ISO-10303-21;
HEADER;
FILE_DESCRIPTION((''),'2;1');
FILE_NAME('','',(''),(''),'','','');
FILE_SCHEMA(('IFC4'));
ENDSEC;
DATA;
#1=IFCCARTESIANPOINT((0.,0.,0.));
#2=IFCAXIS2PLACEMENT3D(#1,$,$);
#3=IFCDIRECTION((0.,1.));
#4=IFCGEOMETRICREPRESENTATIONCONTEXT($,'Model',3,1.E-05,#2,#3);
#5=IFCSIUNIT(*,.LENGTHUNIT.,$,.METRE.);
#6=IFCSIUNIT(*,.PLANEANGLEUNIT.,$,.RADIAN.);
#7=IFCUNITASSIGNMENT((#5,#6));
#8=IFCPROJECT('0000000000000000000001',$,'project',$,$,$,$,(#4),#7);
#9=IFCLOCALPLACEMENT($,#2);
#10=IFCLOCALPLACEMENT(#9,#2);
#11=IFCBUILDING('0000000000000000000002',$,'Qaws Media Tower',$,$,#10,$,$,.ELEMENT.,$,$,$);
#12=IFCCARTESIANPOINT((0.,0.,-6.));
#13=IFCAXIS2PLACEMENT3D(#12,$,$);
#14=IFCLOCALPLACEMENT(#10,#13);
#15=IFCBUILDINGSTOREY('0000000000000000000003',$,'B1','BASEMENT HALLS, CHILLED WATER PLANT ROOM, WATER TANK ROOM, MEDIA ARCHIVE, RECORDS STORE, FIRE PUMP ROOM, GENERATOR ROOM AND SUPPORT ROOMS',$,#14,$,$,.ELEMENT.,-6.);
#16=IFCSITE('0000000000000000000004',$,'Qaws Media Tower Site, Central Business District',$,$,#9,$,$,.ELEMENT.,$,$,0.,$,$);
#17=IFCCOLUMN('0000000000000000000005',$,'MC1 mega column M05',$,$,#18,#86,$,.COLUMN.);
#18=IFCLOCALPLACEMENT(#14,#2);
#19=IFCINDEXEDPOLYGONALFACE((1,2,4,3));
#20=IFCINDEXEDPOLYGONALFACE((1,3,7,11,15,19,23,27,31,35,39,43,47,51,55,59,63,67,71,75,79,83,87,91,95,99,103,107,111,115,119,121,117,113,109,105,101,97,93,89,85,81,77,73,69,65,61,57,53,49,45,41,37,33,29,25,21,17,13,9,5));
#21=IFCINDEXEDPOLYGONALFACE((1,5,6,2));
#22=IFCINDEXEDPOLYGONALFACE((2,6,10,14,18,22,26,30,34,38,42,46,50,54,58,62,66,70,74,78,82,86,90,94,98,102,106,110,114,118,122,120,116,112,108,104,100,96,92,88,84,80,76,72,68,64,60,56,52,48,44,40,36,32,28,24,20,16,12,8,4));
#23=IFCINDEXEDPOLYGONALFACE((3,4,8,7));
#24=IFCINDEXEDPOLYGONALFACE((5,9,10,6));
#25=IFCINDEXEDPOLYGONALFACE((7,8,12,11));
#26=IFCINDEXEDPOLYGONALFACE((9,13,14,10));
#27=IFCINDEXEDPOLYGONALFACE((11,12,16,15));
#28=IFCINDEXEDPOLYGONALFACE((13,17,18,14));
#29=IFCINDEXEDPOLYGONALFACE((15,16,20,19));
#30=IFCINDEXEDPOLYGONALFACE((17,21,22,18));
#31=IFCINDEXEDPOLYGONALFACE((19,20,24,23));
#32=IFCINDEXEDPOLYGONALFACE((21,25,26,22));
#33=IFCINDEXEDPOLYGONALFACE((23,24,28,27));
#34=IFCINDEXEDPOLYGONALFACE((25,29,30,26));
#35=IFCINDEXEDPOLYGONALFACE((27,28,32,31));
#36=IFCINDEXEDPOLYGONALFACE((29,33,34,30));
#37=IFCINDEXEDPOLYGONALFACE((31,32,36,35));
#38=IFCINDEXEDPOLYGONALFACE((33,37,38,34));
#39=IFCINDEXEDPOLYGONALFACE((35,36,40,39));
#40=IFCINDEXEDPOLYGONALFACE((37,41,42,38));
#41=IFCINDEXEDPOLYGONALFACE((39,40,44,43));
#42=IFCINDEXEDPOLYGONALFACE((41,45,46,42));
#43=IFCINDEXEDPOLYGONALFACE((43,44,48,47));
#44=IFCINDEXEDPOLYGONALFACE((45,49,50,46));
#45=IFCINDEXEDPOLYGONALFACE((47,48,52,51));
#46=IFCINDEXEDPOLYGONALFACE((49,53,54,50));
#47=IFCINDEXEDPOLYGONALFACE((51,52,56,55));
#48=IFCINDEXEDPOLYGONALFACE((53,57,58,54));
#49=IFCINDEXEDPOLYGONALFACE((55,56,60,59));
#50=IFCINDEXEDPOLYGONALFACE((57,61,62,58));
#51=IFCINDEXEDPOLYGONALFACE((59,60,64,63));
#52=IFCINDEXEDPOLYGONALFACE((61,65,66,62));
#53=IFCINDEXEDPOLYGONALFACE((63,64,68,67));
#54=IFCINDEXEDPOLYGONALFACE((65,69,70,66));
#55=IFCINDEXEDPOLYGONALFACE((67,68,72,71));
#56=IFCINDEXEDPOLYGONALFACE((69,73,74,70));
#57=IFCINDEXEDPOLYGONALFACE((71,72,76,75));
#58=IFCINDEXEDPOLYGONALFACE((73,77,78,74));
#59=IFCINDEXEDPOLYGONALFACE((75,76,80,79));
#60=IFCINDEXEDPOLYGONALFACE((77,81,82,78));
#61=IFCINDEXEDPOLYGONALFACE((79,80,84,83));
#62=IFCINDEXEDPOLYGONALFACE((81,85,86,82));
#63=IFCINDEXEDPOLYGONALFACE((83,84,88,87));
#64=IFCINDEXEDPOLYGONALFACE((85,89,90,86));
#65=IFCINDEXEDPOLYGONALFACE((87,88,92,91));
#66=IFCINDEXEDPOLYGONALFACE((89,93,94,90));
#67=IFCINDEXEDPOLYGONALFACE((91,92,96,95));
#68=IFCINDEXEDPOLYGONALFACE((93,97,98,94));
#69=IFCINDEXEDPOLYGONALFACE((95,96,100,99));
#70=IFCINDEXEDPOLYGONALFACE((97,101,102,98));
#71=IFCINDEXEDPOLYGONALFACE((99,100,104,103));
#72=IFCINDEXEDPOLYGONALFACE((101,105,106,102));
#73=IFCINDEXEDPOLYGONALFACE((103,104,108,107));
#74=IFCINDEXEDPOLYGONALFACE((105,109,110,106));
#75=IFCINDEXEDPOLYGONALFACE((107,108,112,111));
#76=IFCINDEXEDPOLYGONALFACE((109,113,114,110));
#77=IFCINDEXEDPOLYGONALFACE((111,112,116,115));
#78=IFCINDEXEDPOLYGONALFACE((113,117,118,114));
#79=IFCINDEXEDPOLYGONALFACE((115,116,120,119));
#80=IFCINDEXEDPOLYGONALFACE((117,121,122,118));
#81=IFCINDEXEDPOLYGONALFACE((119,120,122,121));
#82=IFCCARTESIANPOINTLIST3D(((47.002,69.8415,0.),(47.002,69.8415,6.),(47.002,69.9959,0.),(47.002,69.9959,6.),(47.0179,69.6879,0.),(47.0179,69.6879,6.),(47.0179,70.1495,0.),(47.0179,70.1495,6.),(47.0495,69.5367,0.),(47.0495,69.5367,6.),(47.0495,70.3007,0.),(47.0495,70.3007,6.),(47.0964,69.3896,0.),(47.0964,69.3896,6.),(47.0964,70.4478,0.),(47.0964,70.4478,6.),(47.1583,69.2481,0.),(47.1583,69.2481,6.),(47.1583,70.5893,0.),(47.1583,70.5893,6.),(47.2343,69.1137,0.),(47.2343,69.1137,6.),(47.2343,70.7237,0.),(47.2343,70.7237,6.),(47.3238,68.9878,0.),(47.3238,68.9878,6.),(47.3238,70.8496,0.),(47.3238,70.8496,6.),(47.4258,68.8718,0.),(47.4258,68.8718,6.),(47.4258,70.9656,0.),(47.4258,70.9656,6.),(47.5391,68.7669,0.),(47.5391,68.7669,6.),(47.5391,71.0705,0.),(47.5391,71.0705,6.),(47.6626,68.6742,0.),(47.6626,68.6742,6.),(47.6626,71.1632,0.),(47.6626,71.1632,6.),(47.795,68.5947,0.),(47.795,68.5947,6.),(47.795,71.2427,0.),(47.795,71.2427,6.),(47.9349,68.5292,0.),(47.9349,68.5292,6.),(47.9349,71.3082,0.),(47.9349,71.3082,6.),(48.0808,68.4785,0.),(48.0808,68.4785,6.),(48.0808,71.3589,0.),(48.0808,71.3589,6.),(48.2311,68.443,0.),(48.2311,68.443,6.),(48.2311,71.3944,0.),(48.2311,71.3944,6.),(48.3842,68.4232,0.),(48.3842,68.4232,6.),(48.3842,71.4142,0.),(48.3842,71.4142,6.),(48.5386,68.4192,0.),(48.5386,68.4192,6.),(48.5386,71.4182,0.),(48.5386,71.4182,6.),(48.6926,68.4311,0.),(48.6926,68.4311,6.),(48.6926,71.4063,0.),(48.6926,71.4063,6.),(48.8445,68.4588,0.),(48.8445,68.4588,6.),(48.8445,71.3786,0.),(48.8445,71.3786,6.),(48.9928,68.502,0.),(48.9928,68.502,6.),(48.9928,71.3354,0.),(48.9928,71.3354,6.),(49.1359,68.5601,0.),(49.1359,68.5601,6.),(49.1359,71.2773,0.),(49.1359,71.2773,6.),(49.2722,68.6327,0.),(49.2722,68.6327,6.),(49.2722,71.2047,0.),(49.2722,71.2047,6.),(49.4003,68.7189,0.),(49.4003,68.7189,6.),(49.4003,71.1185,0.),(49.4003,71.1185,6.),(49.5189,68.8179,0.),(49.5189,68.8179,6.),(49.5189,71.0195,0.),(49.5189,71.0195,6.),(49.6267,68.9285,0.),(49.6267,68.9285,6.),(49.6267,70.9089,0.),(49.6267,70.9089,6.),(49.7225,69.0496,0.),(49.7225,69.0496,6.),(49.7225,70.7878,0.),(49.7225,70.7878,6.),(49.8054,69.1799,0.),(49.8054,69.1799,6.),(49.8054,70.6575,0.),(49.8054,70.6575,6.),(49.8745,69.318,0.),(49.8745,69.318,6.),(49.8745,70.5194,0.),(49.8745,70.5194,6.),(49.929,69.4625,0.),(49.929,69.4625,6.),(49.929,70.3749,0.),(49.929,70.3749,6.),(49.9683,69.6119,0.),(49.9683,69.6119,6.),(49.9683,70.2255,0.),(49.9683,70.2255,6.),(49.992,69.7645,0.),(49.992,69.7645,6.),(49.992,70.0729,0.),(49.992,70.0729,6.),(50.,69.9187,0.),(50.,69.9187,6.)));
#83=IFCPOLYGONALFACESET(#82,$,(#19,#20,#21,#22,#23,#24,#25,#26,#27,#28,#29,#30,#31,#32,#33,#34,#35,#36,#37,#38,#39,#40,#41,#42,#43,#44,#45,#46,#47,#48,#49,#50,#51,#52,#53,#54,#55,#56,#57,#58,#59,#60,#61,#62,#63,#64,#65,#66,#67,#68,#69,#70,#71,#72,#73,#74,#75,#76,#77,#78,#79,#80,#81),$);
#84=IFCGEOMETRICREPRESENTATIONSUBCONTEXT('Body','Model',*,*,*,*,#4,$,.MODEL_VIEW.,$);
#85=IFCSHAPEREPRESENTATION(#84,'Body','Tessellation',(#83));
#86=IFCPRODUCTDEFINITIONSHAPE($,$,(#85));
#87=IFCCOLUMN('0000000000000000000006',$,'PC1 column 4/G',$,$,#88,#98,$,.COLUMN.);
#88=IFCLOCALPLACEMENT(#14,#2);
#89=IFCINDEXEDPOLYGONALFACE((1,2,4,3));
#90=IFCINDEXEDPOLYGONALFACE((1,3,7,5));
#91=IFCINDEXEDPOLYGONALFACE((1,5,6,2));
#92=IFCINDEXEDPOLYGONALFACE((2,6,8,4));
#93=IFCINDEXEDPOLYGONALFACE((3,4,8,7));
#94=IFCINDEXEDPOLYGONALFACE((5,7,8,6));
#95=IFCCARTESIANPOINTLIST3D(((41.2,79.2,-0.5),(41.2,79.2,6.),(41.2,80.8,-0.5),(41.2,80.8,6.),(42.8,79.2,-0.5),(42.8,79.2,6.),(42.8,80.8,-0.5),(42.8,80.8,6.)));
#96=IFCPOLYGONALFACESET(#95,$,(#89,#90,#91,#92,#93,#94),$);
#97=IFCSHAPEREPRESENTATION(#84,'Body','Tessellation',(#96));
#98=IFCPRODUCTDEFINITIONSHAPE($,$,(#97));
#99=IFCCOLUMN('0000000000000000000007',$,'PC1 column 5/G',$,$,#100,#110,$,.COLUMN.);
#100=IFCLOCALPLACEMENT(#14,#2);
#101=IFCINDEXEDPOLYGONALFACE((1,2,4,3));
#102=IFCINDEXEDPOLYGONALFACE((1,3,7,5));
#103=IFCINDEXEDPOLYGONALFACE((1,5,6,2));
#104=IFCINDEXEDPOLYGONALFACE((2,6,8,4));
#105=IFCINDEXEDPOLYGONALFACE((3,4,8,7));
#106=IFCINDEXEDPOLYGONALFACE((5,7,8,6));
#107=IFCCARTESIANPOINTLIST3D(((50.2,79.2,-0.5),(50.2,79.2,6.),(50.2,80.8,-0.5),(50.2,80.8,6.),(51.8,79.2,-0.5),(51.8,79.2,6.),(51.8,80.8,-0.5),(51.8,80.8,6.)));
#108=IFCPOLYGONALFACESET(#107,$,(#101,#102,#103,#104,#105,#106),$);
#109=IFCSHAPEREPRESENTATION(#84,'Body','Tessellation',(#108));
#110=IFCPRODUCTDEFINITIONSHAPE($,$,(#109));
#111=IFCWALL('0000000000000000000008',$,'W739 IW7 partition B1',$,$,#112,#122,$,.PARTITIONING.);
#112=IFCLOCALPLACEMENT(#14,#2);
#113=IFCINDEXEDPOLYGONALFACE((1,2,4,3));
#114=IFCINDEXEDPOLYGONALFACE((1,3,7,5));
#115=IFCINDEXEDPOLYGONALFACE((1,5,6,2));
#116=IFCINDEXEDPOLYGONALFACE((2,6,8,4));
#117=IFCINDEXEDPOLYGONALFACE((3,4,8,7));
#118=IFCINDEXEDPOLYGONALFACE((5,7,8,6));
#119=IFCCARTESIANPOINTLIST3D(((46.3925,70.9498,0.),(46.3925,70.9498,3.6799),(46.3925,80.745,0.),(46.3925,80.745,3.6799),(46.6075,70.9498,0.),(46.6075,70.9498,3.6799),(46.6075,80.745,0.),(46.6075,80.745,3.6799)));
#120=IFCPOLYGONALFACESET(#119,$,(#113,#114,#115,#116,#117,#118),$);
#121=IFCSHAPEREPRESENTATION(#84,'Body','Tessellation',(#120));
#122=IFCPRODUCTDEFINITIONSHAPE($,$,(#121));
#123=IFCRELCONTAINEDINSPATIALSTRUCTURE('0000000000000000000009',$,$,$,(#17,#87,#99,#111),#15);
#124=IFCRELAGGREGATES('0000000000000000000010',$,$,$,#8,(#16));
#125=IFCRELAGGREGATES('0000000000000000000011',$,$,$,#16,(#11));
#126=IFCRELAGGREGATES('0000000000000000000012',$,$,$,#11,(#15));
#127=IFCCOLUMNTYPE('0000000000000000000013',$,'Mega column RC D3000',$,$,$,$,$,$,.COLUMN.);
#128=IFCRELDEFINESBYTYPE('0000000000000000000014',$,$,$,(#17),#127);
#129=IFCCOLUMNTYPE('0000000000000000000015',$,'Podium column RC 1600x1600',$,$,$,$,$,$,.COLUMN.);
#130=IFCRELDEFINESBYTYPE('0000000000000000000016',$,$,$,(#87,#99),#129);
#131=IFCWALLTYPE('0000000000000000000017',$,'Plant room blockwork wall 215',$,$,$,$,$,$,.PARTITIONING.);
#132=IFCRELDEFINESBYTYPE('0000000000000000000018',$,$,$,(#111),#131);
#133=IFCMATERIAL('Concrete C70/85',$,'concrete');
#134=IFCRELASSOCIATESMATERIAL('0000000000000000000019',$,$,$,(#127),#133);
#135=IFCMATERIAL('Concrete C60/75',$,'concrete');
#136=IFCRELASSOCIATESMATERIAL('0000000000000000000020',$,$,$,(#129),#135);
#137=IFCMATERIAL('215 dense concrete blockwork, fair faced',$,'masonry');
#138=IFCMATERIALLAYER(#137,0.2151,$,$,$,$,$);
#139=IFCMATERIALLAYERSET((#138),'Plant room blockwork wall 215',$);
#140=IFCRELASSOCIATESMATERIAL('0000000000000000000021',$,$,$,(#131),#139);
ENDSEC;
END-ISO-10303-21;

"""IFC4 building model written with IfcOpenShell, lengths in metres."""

from ifc_helpers import new_model, si_unit, direction, frame, frame_2d, origin, origin_2d, place, context, subcontext, project, spatial, rectangle, circle, extrude, material, layer, layer_set, material_profile, profile_set, type_object, element, save


model = new_model("IFC4")

# Units and contexts
model_context = context("Model", 3, precision=1e-05, world=origin(), true_north=direction((0.0, 1.0)))
body_context = subcontext(model_context, "Body", "Model", "MODEL_VIEW")
ifc_project = project(units=[si_unit("LENGTHUNIT", "METRE"), si_unit("PLANEANGLEUNIT", "RADIAN")], contexts=[model_context])

# Site, building, storey
site_placement = place(None, origin())
site = spatial("IfcSite", under=ifc_project, at=site_placement, Name="Qaws Media Tower Site, Central Business District", CompositionType="ELEMENT", RefElevation=0.0)
building_placement = place(site_placement, origin())
building = spatial("IfcBuilding", under=site, at=building_placement, Name="Qaws Media Tower", CompositionType="ELEMENT")
storey_placement = place(building_placement, frame((0.0, 0.0, -6.0)))
storey = spatial("IfcBuildingStorey", under=building, at=storey_placement, Name="B1", Description="BASEMENT HALLS, CHILLED WATER PLANT ROOM, WATER TANK ROOM, MEDIA ARCHIVE, RECORDS STORE, FIRE PUMP ROOM, GENERATOR ROOM AND SUPPORT ROOMS", CompositionType="ELEMENT", Elevation=-6.0)

# Columns
ifc_material_1 = material(Name="Concrete C70/85", Category="concrete")
ifc_material_profile_1 = material_profile(ifc_material_1, circle(Radius=1.5, at=origin_2d()), Name="RC D3000")
ifc_profile_set_1 = profile_set([ifc_material_profile_1], Name="Concrete C70/85")
column_type_1 = type_object("IfcColumnType", Name="Mega column RC D3000", PredefinedType="COLUMN", material=ifc_profile_set_1)
column_placement = place(storey_placement, frame((48.5, 69.9187, 0.0), z_axis=(0.0, 0.0, 1.0), x_axis=(1.0, 0.0, 0.0)))
element("IfcColumn", 1, at=column_placement, inside=storey, type_object=column_type_1, Name="MC1 mega column M05", PredefinedType="COLUMN", context=body_context, shape_type="SweptSolid", body=[
    extrude(circle(Radius=1.5, at=origin_2d()), origin(), (0.0, 0.0, 1.0), 6.0),
])
ifc_material_2 = material(Name="Concrete C60/75", Category="concrete")
ifc_material_profile_2 = material_profile(ifc_material_2, rectangle(XDim=1.6001, YDim=1.6001, at=origin_2d()), Name="RC 1600x1600")
ifc_profile_set_2 = profile_set([ifc_material_profile_2], Name="Concrete C60/75")
column_type_2 = type_object("IfcColumnType", Name="Podium column RC 1600x1600", PredefinedType="COLUMN", material=ifc_profile_set_2)
for number, where, z_axis, x_axis, name in (
    (2, (42.0, 80.0, -0.5), (0.0, 0.0, 1.0), (1.0, 0.0, 0.0), "PC1 column 4/G"),
    (3, (51.0, 80.0, -0.5), (0.0, 0.0, 1.0), (1.0, 0.0, 0.0), "PC1 column 5/G"),
):
    element("IfcColumn", number, at=place(storey_placement, frame(where, z_axis=z_axis, x_axis=x_axis)), inside=storey, type_object=column_type_2, Name=name, PredefinedType="COLUMN", context=body_context, shape_type="SweptSolid", body=[
        extrude(rectangle(XDim=1.6001, YDim=1.6001, at=origin_2d()), origin(), (0.0, 0.0, 1.0), 6.5),
    ])

# Wall
ifc_material_3 = material(Name="215 dense concrete blockwork, fair faced", Category="masonry")
ifc_layer_1 = layer(ifc_material_3, 0.2151)
ifc_layer_set_1 = layer_set([ifc_layer_1], Name="Plant room blockwork wall 215")
wall_type = type_object("IfcWallType", Name="Plant room blockwork wall 215", PredefinedType="PARTITIONING", material=ifc_layer_set_1)
wall_placement = place(storey_placement, frame((46.5, 70.95, 0.0), z_axis=(0.0, 0.0, 1.0), x_axis=(0.0, 1.0, 0.0)))
element("IfcWall", 4, at=wall_placement, inside=storey, type_object=wall_type, Name="W739 IW7 partition B1", PredefinedType="PARTITIONING", context=body_context, shape_type="SweptSolid", body=[
    extrude(rectangle(XDim=9.7952, YDim=0.2151, at=frame_2d((4.8975, 0.0))), origin(), (0.0, 0.0, 1.0), 3.6799),
])

save(model, "model.ifc")
